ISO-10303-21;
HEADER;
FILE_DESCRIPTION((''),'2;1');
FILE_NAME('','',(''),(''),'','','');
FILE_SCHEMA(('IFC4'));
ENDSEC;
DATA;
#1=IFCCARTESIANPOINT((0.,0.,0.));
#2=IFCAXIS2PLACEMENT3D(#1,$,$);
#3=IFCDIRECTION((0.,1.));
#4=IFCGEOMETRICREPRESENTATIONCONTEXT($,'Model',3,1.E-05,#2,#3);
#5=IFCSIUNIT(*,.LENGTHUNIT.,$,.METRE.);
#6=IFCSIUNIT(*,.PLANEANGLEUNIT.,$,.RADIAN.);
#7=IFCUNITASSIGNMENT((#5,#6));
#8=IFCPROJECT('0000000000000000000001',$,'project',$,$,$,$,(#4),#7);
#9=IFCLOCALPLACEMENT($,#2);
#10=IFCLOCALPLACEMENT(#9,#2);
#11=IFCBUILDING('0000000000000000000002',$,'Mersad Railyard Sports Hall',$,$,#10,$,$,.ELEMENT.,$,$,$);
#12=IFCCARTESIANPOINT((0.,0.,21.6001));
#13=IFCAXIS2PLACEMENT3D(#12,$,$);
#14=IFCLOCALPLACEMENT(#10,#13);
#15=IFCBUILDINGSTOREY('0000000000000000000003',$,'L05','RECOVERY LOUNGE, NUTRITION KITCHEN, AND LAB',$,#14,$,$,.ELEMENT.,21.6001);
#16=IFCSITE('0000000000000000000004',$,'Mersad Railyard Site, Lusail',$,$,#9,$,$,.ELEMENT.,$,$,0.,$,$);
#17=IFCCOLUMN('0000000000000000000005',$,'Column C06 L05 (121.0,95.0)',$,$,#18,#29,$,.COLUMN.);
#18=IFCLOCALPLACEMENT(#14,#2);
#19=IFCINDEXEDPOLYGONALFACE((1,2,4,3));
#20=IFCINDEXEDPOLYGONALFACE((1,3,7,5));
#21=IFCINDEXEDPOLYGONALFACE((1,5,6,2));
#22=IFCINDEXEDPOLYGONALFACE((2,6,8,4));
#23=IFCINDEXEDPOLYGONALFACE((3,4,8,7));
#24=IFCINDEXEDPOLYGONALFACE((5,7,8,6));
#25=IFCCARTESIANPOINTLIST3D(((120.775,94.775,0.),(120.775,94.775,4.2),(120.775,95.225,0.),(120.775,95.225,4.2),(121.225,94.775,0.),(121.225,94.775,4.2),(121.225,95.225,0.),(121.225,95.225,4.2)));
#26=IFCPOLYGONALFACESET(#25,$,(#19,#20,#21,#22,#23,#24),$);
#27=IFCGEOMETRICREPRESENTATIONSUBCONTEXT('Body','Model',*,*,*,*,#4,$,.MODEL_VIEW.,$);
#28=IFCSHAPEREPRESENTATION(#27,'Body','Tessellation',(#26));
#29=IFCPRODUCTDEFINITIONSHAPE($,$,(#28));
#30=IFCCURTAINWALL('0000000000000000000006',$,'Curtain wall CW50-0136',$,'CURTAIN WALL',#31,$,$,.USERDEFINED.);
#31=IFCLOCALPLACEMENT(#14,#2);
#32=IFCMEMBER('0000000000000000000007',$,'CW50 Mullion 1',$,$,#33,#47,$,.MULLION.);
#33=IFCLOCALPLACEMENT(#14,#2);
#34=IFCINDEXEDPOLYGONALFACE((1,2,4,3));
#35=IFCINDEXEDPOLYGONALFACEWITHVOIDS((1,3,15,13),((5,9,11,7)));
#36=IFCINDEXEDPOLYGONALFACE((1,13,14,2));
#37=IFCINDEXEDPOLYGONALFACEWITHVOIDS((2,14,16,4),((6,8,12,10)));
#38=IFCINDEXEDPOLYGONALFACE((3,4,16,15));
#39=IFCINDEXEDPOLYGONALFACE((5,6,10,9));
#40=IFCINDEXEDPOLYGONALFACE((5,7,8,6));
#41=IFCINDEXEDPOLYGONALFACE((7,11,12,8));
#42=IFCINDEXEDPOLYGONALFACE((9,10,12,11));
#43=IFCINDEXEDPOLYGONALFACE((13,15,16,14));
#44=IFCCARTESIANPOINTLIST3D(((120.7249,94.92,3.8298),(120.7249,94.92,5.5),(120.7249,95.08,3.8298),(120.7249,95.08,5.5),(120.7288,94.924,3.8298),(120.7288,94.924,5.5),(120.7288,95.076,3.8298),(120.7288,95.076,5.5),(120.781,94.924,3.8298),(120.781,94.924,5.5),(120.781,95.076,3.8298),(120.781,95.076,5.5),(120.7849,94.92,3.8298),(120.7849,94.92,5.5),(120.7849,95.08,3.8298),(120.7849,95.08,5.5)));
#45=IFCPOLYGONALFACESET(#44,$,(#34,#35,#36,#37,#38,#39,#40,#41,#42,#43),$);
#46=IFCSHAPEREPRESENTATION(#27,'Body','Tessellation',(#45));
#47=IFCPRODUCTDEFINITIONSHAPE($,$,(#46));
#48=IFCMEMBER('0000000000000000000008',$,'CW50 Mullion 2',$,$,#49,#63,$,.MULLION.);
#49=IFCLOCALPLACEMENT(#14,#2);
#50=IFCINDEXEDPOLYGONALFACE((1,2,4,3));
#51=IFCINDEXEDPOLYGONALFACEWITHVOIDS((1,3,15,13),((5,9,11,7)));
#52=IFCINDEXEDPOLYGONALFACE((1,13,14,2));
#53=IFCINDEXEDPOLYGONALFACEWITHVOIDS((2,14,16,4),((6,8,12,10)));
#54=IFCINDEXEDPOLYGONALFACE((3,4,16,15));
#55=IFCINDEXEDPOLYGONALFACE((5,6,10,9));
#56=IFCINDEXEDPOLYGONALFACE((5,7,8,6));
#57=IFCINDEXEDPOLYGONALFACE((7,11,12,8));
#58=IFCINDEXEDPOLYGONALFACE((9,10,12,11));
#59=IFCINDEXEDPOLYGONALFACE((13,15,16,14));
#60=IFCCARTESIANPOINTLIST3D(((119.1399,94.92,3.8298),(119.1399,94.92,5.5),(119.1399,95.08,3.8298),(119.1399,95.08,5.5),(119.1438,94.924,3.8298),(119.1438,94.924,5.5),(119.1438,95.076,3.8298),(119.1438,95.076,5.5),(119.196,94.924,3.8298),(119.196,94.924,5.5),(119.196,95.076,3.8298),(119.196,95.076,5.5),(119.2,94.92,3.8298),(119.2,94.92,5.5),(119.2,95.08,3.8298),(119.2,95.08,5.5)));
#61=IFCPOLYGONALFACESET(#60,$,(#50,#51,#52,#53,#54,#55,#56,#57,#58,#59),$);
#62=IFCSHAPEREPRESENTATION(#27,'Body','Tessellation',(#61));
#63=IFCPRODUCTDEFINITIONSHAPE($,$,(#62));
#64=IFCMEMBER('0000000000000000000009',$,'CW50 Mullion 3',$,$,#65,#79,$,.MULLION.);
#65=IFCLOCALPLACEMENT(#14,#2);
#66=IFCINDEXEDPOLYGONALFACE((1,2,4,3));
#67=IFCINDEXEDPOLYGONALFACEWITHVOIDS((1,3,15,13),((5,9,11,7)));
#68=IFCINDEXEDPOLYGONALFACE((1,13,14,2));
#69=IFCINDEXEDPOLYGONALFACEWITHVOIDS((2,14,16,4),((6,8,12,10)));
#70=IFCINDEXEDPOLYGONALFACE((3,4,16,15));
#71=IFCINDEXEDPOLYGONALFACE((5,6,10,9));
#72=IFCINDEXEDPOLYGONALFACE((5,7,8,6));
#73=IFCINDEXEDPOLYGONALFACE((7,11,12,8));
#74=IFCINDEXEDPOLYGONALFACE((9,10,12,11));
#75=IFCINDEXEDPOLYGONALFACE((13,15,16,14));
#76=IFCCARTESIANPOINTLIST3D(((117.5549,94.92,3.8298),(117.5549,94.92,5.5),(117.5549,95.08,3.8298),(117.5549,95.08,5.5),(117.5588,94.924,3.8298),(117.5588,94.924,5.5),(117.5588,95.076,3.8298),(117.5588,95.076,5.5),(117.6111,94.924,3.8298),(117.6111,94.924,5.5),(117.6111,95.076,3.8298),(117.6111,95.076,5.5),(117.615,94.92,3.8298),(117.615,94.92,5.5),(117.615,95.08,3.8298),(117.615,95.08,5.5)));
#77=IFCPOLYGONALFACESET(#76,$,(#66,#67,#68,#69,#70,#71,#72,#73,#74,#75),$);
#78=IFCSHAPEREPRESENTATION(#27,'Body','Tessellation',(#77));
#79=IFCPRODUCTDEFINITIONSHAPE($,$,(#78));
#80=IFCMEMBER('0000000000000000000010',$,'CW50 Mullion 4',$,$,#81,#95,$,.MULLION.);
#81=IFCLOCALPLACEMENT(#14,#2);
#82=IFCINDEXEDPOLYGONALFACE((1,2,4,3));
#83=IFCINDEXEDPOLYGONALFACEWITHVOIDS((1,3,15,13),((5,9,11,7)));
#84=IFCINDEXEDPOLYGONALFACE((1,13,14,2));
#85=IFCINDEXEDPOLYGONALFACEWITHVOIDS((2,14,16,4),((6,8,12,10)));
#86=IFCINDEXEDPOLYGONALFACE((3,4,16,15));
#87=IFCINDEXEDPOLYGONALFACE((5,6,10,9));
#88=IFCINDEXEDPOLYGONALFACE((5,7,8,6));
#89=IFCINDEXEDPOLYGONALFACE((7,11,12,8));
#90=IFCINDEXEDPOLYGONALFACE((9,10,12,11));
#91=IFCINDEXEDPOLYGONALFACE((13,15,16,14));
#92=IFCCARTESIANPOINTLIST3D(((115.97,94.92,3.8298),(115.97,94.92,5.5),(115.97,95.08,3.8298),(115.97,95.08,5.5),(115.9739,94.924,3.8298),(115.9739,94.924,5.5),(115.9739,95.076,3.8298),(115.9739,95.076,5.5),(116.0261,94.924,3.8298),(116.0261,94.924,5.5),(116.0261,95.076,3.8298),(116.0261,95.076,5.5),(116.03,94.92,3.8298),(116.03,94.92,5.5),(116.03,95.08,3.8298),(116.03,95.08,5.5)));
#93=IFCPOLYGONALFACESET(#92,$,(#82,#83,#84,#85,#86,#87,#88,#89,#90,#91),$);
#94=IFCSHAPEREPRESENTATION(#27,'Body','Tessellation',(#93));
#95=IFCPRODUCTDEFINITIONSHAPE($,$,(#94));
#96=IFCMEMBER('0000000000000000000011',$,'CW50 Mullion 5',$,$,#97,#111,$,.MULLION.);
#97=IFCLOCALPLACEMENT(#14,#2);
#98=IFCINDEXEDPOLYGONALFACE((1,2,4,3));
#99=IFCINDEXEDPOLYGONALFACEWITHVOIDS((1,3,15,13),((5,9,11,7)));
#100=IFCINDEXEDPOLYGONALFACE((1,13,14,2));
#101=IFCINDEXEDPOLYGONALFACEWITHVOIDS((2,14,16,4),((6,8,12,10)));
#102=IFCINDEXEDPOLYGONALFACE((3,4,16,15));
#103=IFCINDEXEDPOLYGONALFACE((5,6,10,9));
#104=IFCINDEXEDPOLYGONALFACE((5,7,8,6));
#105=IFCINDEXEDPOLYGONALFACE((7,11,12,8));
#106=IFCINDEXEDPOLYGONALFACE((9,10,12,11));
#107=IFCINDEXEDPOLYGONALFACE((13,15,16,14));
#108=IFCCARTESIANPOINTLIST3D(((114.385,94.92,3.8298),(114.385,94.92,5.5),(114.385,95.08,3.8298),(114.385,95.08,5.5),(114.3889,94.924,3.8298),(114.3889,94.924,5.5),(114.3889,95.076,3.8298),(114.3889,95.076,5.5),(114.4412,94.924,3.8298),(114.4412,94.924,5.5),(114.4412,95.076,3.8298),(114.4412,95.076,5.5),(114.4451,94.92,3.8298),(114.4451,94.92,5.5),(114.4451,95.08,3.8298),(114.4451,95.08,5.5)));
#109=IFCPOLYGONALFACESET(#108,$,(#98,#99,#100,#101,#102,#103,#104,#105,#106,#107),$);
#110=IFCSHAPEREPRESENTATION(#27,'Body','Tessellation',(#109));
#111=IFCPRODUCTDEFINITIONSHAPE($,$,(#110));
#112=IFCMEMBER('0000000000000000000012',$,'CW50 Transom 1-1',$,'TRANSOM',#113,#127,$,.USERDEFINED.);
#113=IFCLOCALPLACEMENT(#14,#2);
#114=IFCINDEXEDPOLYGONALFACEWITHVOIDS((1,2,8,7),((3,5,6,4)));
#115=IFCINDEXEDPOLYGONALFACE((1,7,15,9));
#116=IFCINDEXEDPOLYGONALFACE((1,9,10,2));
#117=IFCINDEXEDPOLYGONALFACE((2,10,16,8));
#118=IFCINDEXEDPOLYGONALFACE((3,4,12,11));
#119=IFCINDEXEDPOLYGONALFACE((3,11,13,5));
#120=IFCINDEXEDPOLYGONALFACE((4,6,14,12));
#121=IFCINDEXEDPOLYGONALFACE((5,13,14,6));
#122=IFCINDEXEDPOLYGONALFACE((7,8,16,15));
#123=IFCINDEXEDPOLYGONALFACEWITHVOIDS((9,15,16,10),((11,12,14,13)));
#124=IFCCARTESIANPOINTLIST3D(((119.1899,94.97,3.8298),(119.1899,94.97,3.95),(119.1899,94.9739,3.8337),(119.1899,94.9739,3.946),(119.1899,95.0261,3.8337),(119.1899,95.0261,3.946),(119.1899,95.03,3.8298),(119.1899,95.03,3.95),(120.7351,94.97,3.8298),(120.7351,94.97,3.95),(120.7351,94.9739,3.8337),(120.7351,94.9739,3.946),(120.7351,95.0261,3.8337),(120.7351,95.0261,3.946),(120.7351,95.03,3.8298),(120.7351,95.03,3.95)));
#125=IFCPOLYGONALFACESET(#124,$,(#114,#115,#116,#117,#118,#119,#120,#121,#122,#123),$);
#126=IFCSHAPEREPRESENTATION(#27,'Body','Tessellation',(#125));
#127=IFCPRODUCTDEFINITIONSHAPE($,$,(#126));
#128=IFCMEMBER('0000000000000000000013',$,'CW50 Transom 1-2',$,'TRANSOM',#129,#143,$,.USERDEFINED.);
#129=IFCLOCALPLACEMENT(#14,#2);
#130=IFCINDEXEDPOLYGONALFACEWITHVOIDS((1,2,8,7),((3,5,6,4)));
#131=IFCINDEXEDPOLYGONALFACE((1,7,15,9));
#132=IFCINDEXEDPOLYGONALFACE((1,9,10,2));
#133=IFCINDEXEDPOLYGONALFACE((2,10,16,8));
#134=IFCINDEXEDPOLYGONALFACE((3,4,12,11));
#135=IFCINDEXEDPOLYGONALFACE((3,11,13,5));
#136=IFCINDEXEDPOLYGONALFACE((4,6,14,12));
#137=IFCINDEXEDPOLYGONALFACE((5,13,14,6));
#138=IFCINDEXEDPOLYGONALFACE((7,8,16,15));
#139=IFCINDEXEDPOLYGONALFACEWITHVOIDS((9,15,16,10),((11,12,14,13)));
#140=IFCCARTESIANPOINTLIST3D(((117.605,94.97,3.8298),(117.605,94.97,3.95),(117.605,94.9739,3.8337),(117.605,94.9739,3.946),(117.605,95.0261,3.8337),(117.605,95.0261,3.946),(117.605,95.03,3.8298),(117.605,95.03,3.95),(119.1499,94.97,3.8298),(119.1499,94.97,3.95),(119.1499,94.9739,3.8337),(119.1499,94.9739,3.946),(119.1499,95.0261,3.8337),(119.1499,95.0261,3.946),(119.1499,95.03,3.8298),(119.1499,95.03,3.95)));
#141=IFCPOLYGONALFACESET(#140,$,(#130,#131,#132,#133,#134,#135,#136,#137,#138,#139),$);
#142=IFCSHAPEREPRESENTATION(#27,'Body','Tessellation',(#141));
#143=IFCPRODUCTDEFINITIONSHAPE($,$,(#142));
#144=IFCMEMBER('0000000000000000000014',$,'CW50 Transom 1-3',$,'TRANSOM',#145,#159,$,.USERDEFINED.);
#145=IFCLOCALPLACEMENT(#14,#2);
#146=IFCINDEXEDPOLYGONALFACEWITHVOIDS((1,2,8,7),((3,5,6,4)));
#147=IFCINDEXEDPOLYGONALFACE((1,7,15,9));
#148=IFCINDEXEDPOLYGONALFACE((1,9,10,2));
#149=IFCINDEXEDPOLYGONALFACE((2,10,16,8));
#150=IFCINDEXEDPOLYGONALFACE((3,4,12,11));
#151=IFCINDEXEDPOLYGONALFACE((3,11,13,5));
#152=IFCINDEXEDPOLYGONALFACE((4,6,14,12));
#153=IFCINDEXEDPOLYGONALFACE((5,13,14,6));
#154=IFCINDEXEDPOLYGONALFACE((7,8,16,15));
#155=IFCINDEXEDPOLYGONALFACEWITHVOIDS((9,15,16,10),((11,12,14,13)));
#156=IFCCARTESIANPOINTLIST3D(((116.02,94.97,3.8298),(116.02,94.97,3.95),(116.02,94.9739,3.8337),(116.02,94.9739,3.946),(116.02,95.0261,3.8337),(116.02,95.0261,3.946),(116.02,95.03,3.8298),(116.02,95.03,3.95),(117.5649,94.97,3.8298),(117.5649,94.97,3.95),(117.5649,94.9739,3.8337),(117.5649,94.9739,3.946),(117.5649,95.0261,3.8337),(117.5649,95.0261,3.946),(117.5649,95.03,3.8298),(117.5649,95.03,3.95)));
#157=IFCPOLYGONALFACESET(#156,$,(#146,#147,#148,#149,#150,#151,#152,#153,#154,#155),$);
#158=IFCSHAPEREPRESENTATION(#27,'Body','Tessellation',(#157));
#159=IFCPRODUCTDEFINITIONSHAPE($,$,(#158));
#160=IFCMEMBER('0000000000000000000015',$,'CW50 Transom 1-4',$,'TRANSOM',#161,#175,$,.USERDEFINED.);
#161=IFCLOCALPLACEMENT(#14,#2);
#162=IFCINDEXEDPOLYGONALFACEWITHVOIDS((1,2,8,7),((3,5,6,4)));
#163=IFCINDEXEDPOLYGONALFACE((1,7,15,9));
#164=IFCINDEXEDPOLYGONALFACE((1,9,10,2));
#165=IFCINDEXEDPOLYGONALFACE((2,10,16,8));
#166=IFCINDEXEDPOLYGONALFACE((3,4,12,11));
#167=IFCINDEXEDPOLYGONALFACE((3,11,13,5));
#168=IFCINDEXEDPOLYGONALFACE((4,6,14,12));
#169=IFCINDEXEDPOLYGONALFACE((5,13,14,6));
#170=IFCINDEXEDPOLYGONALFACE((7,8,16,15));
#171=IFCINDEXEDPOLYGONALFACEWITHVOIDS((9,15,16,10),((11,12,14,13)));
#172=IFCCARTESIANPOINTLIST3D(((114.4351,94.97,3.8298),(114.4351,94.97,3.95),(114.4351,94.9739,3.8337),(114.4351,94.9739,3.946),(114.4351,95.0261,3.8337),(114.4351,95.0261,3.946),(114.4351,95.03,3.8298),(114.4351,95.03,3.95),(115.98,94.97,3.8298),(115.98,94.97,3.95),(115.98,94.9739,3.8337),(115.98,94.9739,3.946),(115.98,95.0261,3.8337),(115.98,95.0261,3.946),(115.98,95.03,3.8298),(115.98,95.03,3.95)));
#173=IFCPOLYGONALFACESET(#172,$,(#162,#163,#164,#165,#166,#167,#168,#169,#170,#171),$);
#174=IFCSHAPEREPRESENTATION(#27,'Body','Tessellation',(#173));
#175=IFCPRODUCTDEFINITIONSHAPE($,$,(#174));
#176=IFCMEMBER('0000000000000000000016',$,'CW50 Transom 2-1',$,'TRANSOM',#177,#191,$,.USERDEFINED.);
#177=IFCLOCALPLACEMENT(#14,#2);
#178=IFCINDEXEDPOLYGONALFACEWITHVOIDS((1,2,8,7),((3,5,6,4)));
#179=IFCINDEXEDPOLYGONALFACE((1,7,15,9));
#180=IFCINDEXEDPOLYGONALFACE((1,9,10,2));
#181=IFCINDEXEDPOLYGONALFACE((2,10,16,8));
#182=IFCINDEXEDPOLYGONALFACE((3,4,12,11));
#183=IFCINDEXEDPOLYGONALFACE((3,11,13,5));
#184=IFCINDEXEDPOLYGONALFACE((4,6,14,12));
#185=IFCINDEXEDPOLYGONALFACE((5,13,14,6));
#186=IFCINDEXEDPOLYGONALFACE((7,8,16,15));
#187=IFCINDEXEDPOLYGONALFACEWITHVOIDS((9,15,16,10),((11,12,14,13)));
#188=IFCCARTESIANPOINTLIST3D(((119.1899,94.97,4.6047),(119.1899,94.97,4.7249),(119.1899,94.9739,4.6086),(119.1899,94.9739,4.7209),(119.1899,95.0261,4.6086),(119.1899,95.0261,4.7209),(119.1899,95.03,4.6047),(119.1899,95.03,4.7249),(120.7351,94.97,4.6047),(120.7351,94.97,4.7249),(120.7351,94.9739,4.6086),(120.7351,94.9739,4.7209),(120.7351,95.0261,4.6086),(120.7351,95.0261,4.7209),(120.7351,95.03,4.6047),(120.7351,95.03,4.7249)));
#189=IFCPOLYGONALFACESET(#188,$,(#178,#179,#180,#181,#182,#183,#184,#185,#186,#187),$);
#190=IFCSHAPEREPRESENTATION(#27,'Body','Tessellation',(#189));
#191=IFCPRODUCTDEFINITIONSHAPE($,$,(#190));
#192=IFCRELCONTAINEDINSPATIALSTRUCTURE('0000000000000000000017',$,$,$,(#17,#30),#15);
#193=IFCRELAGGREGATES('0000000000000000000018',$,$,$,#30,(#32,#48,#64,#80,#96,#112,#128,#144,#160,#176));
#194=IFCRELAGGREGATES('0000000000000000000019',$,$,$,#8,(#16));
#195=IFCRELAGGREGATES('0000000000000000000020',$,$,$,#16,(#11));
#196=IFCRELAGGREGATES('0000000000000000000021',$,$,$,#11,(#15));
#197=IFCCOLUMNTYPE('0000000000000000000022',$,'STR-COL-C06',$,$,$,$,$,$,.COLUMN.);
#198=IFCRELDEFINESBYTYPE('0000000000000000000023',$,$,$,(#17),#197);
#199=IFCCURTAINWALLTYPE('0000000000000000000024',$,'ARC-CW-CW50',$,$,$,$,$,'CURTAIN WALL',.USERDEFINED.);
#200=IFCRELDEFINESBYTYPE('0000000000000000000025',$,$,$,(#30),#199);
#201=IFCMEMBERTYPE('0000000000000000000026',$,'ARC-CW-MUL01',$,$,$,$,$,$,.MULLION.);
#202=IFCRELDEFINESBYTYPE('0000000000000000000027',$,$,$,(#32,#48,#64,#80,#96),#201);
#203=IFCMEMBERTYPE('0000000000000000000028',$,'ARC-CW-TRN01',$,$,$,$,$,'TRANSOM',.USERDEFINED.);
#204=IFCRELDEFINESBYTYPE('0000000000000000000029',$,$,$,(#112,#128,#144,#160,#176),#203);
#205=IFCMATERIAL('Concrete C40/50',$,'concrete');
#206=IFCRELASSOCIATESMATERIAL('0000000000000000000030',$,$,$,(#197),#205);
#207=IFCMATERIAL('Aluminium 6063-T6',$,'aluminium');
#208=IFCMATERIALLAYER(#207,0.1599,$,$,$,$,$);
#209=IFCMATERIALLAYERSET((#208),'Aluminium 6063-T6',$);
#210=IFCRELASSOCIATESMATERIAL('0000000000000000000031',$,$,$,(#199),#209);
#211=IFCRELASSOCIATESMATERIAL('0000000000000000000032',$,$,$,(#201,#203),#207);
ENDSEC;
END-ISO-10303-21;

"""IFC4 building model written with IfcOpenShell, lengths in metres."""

from ifc_helpers import new_model, si_unit, direction, frame, origin, origin_2d, place, context, subcontext, project, spatial, rectangle, hollow_rectangle, extrude, material, layer, layer_set, material_profile, profile_set, type_object, element, aggregate, save


model = new_model("IFC4")

# Units and contexts
model_context = context("Model", 3, precision=1e-05, world=origin(), true_north=direction((0.0, 1.0)))
body_context = subcontext(model_context, "Body", "Model", "MODEL_VIEW")
ifc_project = project(units=[si_unit("LENGTHUNIT", "METRE"), si_unit("PLANEANGLEUNIT", "RADIAN")], contexts=[model_context])

# Site, building, storey
site_placement = place(None, origin())
site = spatial("IfcSite", under=ifc_project, at=site_placement, Name="Mersad Railyard Site, Lusail", CompositionType="ELEMENT", RefElevation=0.0)
building_placement = place(site_placement, origin())
building = spatial("IfcBuilding", under=site, at=building_placement, Name="Mersad Railyard Sports Hall", CompositionType="ELEMENT")
storey_placement = place(building_placement, frame((0.0, 0.0, 21.6001)))
storey = spatial("IfcBuildingStorey", under=building, at=storey_placement, Name="L05", Description="RECOVERY LOUNGE, NUTRITION KITCHEN, AND LAB", CompositionType="ELEMENT", Elevation=21.6001)

# Column
ifc_material_1 = material(Name="Concrete C40/50", Category="concrete")
ifc_material_profile_1 = material_profile(ifc_material_1, rectangle(XDim=0.45, YDim=0.45, at=origin_2d()), Name="RC 450x450")
ifc_profile_set_1 = profile_set([ifc_material_profile_1], Name="Concrete C40/50")
column_type = type_object("IfcColumnType", Name="STR-COL-C06", PredefinedType="COLUMN", material=ifc_profile_set_1)
column_placement = place(storey_placement, frame((121.0, 95.0, 0.0), z_axis=(0.0, 0.0, 1.0), x_axis=(1.0, 0.0, 0.0)))
element("IfcColumn", 1, at=column_placement, inside=storey, type_object=column_type, Name="Column C06 L05 (121.0,95.0)", PredefinedType="COLUMN", context=body_context, shape_type="SweptSolid", body=[
    extrude(rectangle(XDim=0.45, YDim=0.45, at=origin_2d()), origin(), (0.0, 0.0, 1.0), 4.2),
])

# Curtain wall, members
ifc_material_2 = material(Name="Aluminium 6063-T6", Category="aluminium")
ifc_layer_1 = layer(ifc_material_2, 0.1599)
ifc_layer_set_1 = layer_set([ifc_layer_1], Name="Aluminium 6063-T6")
curtain_wall_type = type_object("IfcCurtainWallType", Name="ARC-CW-CW50", ElementType="CURTAIN WALL", PredefinedType="USERDEFINED", material=ifc_layer_set_1)
curtain_wall_placement = place(storey_placement, origin())
curtain_wall = element("IfcCurtainWall", 2, at=curtain_wall_placement, inside=storey, type_object=curtain_wall_type, Name="Curtain wall CW50-0136", ObjectType="CURTAIN WALL", PredefinedType="USERDEFINED")
ifc_material_profile_2 = material_profile(ifc_material_2, hollow_rectangle(XDim=0.0601, YDim=0.1599, WallThickness=0.0039, at=origin_2d()), Name="AL MULLION 60x160x4")
ifc_profile_set_2 = profile_set([ifc_material_profile_2], Name="Aluminium 6063-T6")
member_type_1 = type_object("IfcMemberType", Name="ARC-CW-MUL01", PredefinedType="MULLION", material=ifc_profile_set_2)
member_1_placement = place(storey_placement, frame((120.7549, 95.0, 3.8298), z_axis=(0.0, 0.0, 1.0), x_axis=(1.0, 0.0, 0.0)))
member_1 = element("IfcMember", 3, at=member_1_placement, type_object=member_type_1, Name="CW50 Mullion 1", PredefinedType="MULLION", context=body_context, shape_type="SweptSolid", body=[
    extrude(hollow_rectangle(XDim=0.0601, YDim=0.1599, WallThickness=0.0039, at=origin_2d()), origin(), (0.0, 0.0, 1.0), 1.6702),
])
member_2_placement = place(storey_placement, frame((119.1699, 95.0, 3.8298), z_axis=(0.0, 0.0, 1.0), x_axis=(1.0, 0.0, 0.0)))
member_2 = element("IfcMember", 4, at=member_2_placement, type_object=member_type_1, Name="CW50 Mullion 2", PredefinedType="MULLION", context=body_context, shape_type="SweptSolid", body=[
    extrude(hollow_rectangle(XDim=0.0601, YDim=0.1599, WallThickness=0.0039, at=origin_2d()), origin(), (0.0, 0.0, 1.0), 1.6702),
])
member_3_placement = place(storey_placement, frame((117.585, 95.0, 3.8298), z_axis=(0.0, 0.0, 1.0), x_axis=(1.0, 0.0, 0.0)))
member_3 = element("IfcMember", 5, at=member_3_placement, type_object=member_type_1, Name="CW50 Mullion 3", PredefinedType="MULLION", context=body_context, shape_type="SweptSolid", body=[
    extrude(hollow_rectangle(XDim=0.0601, YDim=0.1599, WallThickness=0.0039, at=origin_2d()), origin(), (0.0, 0.0, 1.0), 1.6702),
])
member_4_placement = place(storey_placement, frame((116.0, 95.0, 3.8298), z_axis=(0.0, 0.0, 1.0), x_axis=(1.0, 0.0, 0.0)))
member_4 = element("IfcMember", 6, at=member_4_placement, type_object=member_type_1, Name="CW50 Mullion 4", PredefinedType="MULLION", context=body_context, shape_type="SweptSolid", body=[
    extrude(hollow_rectangle(XDim=0.0601, YDim=0.1599, WallThickness=0.0039, at=origin_2d()), origin(), (0.0, 0.0, 1.0), 1.6702),
])
member_5_placement = place(storey_placement, frame((114.415, 95.0, 3.8298), z_axis=(0.0, 0.0, 1.0), x_axis=(1.0, 0.0, 0.0)))
member_5 = element("IfcMember", 7, at=member_5_placement, type_object=member_type_1, Name="CW50 Mullion 5", PredefinedType="MULLION", context=body_context, shape_type="SweptSolid", body=[
    extrude(hollow_rectangle(XDim=0.0601, YDim=0.1599, WallThickness=0.0039, at=origin_2d()), origin(), (0.0, 0.0, 1.0), 1.6702),
])
ifc_material_profile_3 = material_profile(ifc_material_2, hollow_rectangle(XDim=0.0601, YDim=0.1201, WallThickness=0.0039, at=origin_2d()), Name="AL TRANSOM 60x120x4")
ifc_profile_set_3 = profile_set([ifc_material_profile_3], Name="Aluminium 6063-T6")
member_type_2 = type_object("IfcMemberType", Name="ARC-CW-TRN01", ElementType="TRANSOM", PredefinedType="USERDEFINED", material=ifc_profile_set_3)
member_6_placement = place(storey_placement, frame((120.7351, 95.0, 3.8899), z_axis=(-1.0, 0.0, 0.0), x_axis=(0.0, -1.0, 0.0)))
member_6 = element("IfcMember", 8, at=member_6_placement, type_object=member_type_2, Name="CW50 Transom 1-1", ObjectType="TRANSOM", PredefinedType="USERDEFINED", context=body_context, shape_type="SweptSolid", body=[
    extrude(hollow_rectangle(XDim=0.0601, YDim=0.1201, WallThickness=0.0039, at=origin_2d()), origin(), (0.0, 0.0, 1.0), 1.5452),
])
member_7_placement = place(storey_placement, frame((119.1499, 95.0, 3.8899), z_axis=(-1.0, 0.0, 0.0), x_axis=(0.0, -1.0, 0.0)))
member_7 = element("IfcMember", 9, at=member_7_placement, type_object=member_type_2, Name="CW50 Transom 1-2", ObjectType="TRANSOM", PredefinedType="USERDEFINED", context=body_context, shape_type="SweptSolid", body=[
    extrude(hollow_rectangle(XDim=0.0601, YDim=0.1201, WallThickness=0.0039, at=origin_2d()), origin(), (0.0, 0.0, 1.0), 1.5449),
])
member_8_placement = place(storey_placement, frame((117.5649, 95.0, 3.8899), z_axis=(-1.0, 0.0, 0.0), x_axis=(0.0, -1.0, 0.0)))
member_8 = element("IfcMember", 10, at=member_8_placement, type_object=member_type_2, Name="CW50 Transom 1-3", ObjectType="TRANSOM", PredefinedType="USERDEFINED", context=body_context, shape_type="SweptSolid", body=[
    extrude(hollow_rectangle(XDim=0.0601, YDim=0.1201, WallThickness=0.0039, at=origin_2d()), origin(), (0.0, 0.0, 1.0), 1.5449),
])
member_9_placement = place(storey_placement, frame((115.98, 95.0, 3.8899), z_axis=(-1.0, 0.0, 0.0), x_axis=(0.0, -1.0, 0.0)))
member_9 = element("IfcMember", 11, at=member_9_placement, type_object=member_type_2, Name="CW50 Transom 1-4", ObjectType="TRANSOM", PredefinedType="USERDEFINED", context=body_context, shape_type="SweptSolid", body=[
    extrude(hollow_rectangle(XDim=0.0601, YDim=0.1201, WallThickness=0.0039, at=origin_2d()), origin(), (0.0, 0.0, 1.0), 1.5449),
])
member_10_placement = place(storey_placement, frame((120.7351, 95.0, 4.6648), z_axis=(-1.0, 0.0, 0.0), x_axis=(0.0, -1.0, 0.0)))
member_10 = element("IfcMember", 12, at=member_10_placement, type_object=member_type_2, Name="CW50 Transom 2-1", ObjectType="TRANSOM", PredefinedType="USERDEFINED", context=body_context, shape_type="SweptSolid", body=[
    extrude(hollow_rectangle(XDim=0.0601, YDim=0.1201, WallThickness=0.0039, at=origin_2d()), origin(), (0.0, 0.0, 1.0), 1.5452),
])

aggregate(curtain_wall, [member_1, member_2, member_3, member_4, member_5, member_6, member_7, member_8, member_9, member_10])

save(model, "model.ifc")
